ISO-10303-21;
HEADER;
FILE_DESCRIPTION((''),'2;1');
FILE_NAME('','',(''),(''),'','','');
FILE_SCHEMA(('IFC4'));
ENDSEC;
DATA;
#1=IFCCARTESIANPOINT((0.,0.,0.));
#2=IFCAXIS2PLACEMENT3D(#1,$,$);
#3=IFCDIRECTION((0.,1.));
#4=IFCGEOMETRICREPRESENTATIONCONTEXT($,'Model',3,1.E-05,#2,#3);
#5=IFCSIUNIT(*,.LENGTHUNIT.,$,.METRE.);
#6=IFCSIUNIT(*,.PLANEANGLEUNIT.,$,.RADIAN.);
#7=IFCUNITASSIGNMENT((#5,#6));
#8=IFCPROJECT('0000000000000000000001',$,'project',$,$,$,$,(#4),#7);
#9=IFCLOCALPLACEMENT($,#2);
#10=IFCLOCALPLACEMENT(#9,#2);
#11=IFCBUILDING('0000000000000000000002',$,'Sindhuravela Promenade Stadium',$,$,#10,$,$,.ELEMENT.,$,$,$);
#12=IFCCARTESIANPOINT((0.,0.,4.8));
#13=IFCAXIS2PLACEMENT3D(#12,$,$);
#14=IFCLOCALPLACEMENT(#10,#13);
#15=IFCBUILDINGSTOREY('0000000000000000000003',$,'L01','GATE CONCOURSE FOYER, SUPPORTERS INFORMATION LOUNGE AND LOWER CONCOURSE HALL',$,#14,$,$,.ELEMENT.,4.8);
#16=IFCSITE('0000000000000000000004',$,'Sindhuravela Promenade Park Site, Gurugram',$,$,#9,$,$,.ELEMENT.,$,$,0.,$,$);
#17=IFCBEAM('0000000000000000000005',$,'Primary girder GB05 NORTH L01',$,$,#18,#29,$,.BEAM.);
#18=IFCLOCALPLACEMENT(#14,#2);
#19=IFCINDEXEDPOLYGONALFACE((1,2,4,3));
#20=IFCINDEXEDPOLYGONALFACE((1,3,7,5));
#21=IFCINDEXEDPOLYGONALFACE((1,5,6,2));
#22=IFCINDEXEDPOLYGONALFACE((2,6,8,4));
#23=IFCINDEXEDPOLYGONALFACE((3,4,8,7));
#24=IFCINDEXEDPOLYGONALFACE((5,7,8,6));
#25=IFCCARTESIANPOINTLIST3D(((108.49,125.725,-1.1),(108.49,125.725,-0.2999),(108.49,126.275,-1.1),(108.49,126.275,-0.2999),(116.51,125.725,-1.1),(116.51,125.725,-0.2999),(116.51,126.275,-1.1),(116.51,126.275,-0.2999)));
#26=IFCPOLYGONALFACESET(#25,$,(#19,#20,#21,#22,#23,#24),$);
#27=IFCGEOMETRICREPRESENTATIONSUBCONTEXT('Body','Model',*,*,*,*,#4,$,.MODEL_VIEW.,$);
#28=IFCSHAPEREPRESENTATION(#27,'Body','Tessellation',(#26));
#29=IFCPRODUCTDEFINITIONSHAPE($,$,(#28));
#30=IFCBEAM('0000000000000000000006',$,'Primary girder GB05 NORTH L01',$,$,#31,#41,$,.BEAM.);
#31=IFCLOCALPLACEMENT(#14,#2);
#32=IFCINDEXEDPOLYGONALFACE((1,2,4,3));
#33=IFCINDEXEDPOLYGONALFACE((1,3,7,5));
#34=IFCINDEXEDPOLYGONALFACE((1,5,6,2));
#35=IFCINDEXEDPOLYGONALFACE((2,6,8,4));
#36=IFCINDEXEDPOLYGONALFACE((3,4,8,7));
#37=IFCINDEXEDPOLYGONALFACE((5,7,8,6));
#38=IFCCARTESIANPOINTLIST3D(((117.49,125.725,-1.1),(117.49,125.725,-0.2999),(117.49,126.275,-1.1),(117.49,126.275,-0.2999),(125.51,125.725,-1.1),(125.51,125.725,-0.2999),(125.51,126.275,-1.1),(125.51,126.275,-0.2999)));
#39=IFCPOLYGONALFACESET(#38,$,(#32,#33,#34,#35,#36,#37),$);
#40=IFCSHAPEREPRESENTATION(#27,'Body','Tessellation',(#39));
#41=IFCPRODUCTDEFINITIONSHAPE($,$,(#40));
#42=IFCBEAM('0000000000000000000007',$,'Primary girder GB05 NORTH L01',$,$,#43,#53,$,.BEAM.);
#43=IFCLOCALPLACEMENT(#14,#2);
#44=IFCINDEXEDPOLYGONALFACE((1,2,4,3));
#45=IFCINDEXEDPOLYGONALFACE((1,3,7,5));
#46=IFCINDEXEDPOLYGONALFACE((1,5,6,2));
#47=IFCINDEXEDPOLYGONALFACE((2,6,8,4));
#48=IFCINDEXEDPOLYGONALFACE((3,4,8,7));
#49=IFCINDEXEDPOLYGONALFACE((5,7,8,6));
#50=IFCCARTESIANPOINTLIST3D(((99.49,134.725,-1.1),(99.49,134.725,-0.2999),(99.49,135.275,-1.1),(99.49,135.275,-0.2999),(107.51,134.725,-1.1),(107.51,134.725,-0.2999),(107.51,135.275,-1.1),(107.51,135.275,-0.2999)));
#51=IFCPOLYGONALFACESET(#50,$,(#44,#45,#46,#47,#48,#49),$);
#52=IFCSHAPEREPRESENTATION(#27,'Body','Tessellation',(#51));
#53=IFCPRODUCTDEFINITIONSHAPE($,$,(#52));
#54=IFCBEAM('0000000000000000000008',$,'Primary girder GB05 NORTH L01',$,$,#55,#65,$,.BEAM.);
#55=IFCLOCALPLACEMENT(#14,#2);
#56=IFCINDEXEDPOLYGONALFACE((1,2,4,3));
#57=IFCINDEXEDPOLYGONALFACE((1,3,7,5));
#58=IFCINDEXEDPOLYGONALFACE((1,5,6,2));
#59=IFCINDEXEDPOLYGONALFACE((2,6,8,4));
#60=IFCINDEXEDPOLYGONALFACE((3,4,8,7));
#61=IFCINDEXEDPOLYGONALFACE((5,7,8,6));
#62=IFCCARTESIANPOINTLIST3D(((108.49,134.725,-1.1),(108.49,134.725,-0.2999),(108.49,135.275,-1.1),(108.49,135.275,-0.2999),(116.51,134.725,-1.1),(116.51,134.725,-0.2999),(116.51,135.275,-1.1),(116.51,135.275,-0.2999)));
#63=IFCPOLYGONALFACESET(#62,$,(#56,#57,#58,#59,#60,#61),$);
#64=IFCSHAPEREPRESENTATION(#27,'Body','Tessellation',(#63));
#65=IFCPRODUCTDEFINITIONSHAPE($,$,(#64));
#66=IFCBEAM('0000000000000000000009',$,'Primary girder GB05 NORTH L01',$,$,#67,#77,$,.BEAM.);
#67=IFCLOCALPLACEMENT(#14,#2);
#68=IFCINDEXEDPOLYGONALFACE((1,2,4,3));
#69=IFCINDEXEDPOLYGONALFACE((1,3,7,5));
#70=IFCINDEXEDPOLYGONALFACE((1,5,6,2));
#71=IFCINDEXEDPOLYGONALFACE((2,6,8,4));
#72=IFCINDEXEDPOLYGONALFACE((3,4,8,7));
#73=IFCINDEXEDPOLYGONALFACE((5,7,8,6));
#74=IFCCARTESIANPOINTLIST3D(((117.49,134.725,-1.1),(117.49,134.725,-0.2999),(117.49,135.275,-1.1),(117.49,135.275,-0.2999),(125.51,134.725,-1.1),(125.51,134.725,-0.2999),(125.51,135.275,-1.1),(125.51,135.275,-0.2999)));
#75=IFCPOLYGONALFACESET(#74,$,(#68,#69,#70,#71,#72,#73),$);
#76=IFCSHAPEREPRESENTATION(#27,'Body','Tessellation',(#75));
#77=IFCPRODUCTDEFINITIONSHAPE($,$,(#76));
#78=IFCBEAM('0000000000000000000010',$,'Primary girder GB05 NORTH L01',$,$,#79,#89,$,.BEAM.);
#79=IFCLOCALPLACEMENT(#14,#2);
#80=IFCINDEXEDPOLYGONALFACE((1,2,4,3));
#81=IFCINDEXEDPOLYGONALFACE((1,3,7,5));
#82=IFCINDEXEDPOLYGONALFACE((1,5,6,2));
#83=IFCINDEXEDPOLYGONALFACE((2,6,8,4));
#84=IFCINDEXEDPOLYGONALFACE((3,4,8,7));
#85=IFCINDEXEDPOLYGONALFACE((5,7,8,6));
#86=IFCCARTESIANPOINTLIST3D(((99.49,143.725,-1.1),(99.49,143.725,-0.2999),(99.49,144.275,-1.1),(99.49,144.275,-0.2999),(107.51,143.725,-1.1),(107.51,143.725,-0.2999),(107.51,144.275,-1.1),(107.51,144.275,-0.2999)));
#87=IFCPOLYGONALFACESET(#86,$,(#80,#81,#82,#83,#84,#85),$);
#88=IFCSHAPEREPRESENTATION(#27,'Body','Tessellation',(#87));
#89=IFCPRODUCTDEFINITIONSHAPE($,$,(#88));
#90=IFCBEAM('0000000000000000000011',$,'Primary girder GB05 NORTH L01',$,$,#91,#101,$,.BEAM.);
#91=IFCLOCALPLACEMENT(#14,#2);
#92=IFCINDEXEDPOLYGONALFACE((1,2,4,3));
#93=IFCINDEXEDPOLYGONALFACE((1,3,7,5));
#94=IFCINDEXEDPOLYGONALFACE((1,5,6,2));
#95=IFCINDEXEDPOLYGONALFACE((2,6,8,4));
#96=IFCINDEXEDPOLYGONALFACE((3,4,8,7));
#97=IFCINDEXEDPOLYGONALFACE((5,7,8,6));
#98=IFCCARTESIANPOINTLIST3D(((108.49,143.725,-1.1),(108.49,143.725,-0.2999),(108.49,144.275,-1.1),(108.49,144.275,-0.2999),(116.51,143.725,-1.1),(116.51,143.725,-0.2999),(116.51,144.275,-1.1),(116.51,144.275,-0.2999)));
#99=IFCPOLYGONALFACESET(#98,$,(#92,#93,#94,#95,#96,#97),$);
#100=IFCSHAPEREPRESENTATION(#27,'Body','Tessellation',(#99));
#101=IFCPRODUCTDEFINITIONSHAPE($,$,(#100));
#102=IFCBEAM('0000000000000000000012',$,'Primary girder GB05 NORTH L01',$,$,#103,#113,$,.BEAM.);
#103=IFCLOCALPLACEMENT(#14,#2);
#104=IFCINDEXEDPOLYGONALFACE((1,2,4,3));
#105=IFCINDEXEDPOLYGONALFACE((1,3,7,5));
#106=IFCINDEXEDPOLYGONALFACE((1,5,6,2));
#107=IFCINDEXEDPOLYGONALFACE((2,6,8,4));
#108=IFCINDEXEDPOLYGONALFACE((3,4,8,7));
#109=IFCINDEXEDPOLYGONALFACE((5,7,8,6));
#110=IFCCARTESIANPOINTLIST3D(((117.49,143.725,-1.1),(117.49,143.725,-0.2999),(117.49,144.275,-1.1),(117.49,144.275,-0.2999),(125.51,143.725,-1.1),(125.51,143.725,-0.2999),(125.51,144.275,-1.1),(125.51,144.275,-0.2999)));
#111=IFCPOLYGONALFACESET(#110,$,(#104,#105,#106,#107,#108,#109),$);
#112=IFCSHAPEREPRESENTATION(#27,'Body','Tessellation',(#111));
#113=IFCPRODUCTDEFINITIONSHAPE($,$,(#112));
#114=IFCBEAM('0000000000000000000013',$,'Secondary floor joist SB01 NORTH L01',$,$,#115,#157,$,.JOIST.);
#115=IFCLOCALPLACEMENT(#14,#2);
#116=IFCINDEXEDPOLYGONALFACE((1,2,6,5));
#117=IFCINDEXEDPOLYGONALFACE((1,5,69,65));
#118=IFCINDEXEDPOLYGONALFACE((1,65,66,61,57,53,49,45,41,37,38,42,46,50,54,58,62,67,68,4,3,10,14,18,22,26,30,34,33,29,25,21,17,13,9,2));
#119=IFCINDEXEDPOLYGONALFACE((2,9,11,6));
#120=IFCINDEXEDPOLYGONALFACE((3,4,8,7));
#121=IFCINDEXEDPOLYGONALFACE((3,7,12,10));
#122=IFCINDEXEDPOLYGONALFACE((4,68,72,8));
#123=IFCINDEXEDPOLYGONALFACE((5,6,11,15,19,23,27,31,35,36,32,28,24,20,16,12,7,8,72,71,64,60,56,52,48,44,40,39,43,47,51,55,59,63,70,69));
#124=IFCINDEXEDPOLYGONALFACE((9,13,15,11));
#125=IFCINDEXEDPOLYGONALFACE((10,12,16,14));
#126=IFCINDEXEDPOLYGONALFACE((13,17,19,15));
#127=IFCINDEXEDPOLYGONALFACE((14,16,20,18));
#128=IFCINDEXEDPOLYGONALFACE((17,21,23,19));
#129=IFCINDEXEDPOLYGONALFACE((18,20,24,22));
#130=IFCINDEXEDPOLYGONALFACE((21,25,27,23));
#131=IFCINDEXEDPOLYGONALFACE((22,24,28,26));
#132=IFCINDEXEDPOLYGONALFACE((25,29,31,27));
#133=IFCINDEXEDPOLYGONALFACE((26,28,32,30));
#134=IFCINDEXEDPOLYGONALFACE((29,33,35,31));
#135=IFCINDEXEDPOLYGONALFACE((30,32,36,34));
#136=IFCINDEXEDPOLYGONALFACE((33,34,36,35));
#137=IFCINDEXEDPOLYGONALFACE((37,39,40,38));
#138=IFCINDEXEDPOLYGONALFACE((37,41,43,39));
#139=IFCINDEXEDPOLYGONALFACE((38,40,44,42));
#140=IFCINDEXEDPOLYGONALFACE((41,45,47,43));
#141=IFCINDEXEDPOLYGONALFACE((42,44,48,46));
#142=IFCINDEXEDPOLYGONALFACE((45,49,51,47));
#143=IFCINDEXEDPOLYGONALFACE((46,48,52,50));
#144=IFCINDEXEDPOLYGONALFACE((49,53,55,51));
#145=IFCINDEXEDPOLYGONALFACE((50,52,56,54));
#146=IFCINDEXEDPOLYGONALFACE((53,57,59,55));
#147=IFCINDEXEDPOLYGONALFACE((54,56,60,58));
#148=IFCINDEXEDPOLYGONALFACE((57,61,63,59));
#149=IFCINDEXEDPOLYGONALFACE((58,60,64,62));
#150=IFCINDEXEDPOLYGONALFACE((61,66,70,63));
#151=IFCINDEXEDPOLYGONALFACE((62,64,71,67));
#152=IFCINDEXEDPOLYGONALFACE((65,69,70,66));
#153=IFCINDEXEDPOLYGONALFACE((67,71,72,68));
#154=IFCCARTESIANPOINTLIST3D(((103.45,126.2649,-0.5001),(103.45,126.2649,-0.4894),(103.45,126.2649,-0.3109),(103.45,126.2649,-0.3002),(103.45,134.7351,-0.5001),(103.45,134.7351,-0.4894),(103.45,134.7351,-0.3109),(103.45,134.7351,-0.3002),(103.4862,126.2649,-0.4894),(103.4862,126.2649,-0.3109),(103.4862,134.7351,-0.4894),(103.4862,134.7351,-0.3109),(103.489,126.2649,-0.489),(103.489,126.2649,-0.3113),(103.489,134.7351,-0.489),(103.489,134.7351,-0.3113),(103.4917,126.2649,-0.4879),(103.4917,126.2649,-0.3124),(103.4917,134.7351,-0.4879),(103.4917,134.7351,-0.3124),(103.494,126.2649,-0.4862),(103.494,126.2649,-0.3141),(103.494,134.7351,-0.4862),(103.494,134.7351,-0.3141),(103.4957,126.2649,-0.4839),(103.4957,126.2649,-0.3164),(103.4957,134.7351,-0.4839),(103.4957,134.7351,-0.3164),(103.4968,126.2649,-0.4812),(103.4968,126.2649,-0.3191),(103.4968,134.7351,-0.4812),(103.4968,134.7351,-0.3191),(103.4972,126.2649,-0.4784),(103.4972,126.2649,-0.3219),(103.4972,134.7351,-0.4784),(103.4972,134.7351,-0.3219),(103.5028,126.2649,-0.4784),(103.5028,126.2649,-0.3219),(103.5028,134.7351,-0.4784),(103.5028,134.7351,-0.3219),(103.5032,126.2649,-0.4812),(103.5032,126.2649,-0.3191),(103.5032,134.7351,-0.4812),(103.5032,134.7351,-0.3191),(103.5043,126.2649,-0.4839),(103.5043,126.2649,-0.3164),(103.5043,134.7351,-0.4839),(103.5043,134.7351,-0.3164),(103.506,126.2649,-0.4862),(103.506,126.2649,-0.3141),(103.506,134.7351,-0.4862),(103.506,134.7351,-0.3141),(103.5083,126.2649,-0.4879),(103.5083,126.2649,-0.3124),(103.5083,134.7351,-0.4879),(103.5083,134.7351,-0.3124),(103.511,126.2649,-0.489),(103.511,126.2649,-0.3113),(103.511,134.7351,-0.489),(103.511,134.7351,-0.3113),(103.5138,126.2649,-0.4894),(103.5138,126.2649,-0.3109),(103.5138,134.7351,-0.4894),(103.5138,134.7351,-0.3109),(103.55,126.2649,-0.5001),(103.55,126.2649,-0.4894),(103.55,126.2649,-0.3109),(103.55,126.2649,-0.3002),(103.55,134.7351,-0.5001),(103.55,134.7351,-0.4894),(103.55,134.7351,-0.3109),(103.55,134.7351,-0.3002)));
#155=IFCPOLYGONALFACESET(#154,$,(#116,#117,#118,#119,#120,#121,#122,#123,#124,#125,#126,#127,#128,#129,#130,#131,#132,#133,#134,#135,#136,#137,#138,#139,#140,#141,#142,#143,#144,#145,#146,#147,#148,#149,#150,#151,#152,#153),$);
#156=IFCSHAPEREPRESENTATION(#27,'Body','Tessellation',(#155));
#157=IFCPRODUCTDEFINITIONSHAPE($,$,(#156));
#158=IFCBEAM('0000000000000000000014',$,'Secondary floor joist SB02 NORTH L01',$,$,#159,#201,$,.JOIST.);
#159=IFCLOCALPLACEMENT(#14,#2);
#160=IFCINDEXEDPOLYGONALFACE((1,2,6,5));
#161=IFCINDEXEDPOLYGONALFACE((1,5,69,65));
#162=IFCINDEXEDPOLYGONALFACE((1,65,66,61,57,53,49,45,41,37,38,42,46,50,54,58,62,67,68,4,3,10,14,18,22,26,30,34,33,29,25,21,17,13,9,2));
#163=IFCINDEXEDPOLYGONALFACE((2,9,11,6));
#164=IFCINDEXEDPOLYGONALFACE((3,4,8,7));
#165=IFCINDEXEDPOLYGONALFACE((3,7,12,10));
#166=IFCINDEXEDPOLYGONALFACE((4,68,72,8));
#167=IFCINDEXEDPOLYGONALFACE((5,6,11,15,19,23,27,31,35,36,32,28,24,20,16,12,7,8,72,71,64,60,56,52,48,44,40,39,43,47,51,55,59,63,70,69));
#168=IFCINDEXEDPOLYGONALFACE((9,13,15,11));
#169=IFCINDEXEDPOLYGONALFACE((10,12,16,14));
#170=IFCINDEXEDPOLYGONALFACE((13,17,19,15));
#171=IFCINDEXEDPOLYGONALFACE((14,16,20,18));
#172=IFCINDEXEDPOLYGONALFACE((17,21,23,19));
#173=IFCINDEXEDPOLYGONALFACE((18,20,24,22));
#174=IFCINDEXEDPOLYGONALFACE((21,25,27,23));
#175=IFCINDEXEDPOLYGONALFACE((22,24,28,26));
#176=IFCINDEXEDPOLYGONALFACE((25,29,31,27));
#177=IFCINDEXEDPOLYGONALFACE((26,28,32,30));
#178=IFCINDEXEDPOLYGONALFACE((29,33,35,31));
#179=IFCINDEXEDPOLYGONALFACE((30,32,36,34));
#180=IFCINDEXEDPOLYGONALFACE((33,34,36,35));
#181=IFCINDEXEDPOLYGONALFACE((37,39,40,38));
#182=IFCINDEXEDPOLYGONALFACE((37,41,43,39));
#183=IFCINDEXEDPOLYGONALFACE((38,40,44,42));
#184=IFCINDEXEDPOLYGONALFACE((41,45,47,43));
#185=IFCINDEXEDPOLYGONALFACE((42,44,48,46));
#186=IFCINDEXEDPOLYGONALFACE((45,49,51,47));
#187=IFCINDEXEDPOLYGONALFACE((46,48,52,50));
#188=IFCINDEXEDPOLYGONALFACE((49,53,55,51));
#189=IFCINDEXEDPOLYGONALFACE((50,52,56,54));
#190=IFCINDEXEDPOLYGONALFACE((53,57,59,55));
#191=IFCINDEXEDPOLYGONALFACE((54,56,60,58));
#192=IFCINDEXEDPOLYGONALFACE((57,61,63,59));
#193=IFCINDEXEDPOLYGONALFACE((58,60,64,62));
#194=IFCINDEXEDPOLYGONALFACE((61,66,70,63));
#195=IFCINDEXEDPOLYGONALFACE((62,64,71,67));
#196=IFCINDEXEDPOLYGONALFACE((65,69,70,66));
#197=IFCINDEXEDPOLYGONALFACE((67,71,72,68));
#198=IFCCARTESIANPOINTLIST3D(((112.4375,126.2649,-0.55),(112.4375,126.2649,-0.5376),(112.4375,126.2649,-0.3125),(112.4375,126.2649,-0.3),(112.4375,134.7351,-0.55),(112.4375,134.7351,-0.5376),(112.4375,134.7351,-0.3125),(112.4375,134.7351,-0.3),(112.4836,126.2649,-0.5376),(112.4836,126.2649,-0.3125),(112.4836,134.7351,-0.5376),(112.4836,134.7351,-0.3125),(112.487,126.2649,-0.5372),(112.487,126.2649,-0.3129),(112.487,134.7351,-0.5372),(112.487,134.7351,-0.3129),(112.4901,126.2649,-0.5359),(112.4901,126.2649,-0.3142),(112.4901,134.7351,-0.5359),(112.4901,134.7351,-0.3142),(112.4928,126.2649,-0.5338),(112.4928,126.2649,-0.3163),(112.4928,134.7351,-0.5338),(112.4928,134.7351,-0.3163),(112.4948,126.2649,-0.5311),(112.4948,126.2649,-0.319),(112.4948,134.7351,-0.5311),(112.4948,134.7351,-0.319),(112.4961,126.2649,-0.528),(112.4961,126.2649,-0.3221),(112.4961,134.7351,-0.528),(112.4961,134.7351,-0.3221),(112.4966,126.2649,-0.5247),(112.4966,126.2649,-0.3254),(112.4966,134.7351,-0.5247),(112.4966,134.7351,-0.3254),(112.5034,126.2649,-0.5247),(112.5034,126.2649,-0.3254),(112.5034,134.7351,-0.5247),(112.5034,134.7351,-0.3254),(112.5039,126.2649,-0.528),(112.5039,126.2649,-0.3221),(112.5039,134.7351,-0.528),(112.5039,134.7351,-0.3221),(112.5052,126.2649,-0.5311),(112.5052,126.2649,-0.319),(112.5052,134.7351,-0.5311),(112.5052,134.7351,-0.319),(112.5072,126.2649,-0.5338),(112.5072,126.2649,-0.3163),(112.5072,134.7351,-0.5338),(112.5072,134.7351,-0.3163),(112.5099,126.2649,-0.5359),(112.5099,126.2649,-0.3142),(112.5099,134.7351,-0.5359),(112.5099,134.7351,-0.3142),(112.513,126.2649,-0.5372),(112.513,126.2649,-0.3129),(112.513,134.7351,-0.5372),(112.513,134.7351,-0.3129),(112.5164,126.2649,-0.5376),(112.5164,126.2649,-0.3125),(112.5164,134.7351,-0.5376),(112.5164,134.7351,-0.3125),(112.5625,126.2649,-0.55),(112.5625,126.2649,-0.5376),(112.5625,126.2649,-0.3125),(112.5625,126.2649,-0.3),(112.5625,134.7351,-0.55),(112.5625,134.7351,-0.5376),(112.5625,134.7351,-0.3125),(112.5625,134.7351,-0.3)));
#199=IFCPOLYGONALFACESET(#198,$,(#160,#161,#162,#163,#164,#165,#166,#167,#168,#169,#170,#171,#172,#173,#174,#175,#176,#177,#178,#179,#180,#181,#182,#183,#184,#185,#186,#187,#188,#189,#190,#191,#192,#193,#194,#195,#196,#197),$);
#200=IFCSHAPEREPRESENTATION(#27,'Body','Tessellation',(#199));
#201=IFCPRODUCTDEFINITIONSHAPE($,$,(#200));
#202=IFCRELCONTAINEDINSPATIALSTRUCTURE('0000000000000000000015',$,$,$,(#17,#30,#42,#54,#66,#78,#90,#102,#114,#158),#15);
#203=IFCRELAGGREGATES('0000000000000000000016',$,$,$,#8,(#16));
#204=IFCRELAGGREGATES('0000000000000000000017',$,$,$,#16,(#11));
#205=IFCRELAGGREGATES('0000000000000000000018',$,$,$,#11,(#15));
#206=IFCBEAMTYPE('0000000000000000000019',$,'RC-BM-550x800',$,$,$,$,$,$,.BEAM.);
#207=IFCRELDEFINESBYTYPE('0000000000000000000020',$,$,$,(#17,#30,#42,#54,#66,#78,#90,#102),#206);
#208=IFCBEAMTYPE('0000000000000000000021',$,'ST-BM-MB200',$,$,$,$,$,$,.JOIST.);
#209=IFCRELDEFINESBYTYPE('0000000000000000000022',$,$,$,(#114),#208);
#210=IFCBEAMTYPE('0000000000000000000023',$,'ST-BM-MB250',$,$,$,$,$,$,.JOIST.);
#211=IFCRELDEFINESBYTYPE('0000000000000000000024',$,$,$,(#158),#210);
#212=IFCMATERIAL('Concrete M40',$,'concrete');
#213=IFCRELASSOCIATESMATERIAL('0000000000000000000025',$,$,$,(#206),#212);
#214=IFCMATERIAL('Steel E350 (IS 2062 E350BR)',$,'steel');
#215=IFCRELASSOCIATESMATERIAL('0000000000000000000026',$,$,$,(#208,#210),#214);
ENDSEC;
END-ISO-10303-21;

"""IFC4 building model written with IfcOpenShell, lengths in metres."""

from ifc_helpers import new_model, si_unit, direction, frame, origin, origin_2d, place, context, subcontext, project, spatial, rectangle, i_section, extrude, material, material_profile, profile_set, type_object, element, save


model = new_model("IFC4")

# Units and contexts
model_context = context("Model", 3, precision=1e-05, world=origin(), true_north=direction((0.0, 1.0)))
body_context = subcontext(model_context, "Body", "Model", "MODEL_VIEW")
ifc_project = project(units=[si_unit("LENGTHUNIT", "METRE"), si_unit("PLANEANGLEUNIT", "RADIAN")], contexts=[model_context])

# Site, building, storey
site_placement = place(None, origin())
site = spatial("IfcSite", under=ifc_project, at=site_placement, Name="Sindhuravela Promenade Park Site, Gurugram", CompositionType="ELEMENT", RefElevation=0.0)
building_placement = place(site_placement, origin())
building = spatial("IfcBuilding", under=site, at=building_placement, Name="Sindhuravela Promenade Stadium", CompositionType="ELEMENT")
storey_placement = place(building_placement, frame((0.0, 0.0, 4.8)))
storey = spatial("IfcBuildingStorey", under=building, at=storey_placement, Name="L01", Description="GATE CONCOURSE FOYER, SUPPORTERS INFORMATION LOUNGE AND LOWER CONCOURSE HALL", CompositionType="ELEMENT", Elevation=4.8)

# Shared definitions
ifc_material_1 = material(Name="Concrete M40", Category="concrete")

# Beams
ifc_material_profile_1 = material_profile(ifc_material_1, rectangle(XDim=0.55, YDim=0.8, at=origin_2d()), Name="RC 550x800")
ifc_profile_set_1 = profile_set([ifc_material_profile_1], Name="Concrete M40")
beam_type_1 = type_object("IfcBeamType", Name="RC-BM-550x800", PredefinedType="BEAM", material=ifc_profile_set_1)
for number, where, z_axis, x_axis, name in (
    (1, (108.49, 126.0, -0.7), (1.0, 0.0, 0.0), (0.0, 1.0, 0.0), "Primary girder GB05 NORTH L01"),
    (2, (117.49, 126.0, -0.7), (1.0, 0.0, 0.0), (0.0, 1.0, 0.0), "Primary girder GB05 NORTH L01"),
    (3, (99.49, 135.0, -0.7), (1.0, 0.0, 0.0), (0.0, 1.0, 0.0), "Primary girder GB05 NORTH L01"),
    (4, (108.49, 135.0, -0.7), (1.0, 0.0, 0.0), (0.0, 1.0, 0.0), "Primary girder GB05 NORTH L01"),
    (5, (117.49, 135.0, -0.7), (1.0, 0.0, 0.0), (0.0, 1.0, 0.0), "Primary girder GB05 NORTH L01"),
    (6, (99.49, 144.0, -0.7), (1.0, 0.0, 0.0), (0.0, 1.0, 0.0), "Primary girder GB05 NORTH L01"),
    (7, (108.49, 144.0, -0.7), (1.0, 0.0, 0.0), (0.0, 1.0, 0.0), "Primary girder GB05 NORTH L01"),
    (8, (117.49, 144.0, -0.7), (1.0, 0.0, 0.0), (0.0, 1.0, 0.0), "Primary girder GB05 NORTH L01"),
):
    element("IfcBeam", number, at=place(storey_placement, frame(where, z_axis=z_axis, x_axis=x_axis)), inside=storey, type_object=beam_type_1, Name=name, PredefinedType="BEAM", context=body_context, shape_type="SweptSolid", body=[
        extrude(rectangle(XDim=0.55, YDim=0.8, at=origin_2d()), origin(), (0.0, 0.0, 1.0), 8.02),
    ])
ifc_material_2 = material(Name="Steel E350 (IS 2062 E350BR)", Category="steel")
ifc_material_profile_2 = material_profile(ifc_material_2, i_section(OverallWidth=0.1001, OverallDepth=0.2, WebThickness=0.0056, FlangeThickness=0.0107, FilletRadius=0.011, at=origin_2d()), Name="ISMB 200")
ifc_profile_set_2 = profile_set([ifc_material_profile_2], Name="Steel E350 (IS 2062 E350BR)")
beam_type_2 = type_object("IfcBeamType", Name="ST-BM-MB200", PredefinedType="JOIST", material=ifc_profile_set_2)
beam_1_placement = place(storey_placement, frame((103.5, 126.2649, -0.4001), z_axis=(0.0, 1.0, 0.0), x_axis=(-1.0, 0.0, 0.0)))
element("IfcBeam", 9, at=beam_1_placement, inside=storey, type_object=beam_type_2, Name="Secondary floor joist SB01 NORTH L01", PredefinedType="JOIST", context=body_context, shape_type="SweptSolid", body=[
    extrude(i_section(OverallWidth=0.1001, OverallDepth=0.2, WebThickness=0.0056, FlangeThickness=0.0107, FilletRadius=0.011, at=origin_2d()), origin(), (0.0, 0.0, 1.0), 8.4702),
])
ifc_material_profile_3 = material_profile(ifc_material_2, i_section(OverallWidth=0.125, OverallDepth=0.25, WebThickness=0.0068, FlangeThickness=0.0125, FilletRadius=0.0129, at=origin_2d()), Name="ISMB 250")
ifc_profile_set_3 = profile_set([ifc_material_profile_3], Name="Steel E350 (IS 2062 E350BR)")
beam_type_3 = type_object("IfcBeamType", Name="ST-BM-MB250", PredefinedType="JOIST", material=ifc_profile_set_3)
for number, where, z_axis, x_axis, name in (
    (10, (112.5, 126.2649, -0.425), (0.0, 1.0, 0.0), (-1.0, 0.0, 0.0), "Secondary floor joist SB02 NORTH L01"),
):
    element("IfcBeam", number, at=place(storey_placement, frame(where, z_axis=z_axis, x_axis=x_axis)), inside=storey, type_object=beam_type_3, Name=name, PredefinedType="JOIST", context=body_context, shape_type="SweptSolid", body=[
        extrude(i_section(OverallWidth=0.125, OverallDepth=0.25, WebThickness=0.0068, FlangeThickness=0.0125, FilletRadius=0.0129, at=origin_2d()), origin(), (0.0, 0.0, 1.0), 8.4702),
    ])

save(model, "model.ifc")
